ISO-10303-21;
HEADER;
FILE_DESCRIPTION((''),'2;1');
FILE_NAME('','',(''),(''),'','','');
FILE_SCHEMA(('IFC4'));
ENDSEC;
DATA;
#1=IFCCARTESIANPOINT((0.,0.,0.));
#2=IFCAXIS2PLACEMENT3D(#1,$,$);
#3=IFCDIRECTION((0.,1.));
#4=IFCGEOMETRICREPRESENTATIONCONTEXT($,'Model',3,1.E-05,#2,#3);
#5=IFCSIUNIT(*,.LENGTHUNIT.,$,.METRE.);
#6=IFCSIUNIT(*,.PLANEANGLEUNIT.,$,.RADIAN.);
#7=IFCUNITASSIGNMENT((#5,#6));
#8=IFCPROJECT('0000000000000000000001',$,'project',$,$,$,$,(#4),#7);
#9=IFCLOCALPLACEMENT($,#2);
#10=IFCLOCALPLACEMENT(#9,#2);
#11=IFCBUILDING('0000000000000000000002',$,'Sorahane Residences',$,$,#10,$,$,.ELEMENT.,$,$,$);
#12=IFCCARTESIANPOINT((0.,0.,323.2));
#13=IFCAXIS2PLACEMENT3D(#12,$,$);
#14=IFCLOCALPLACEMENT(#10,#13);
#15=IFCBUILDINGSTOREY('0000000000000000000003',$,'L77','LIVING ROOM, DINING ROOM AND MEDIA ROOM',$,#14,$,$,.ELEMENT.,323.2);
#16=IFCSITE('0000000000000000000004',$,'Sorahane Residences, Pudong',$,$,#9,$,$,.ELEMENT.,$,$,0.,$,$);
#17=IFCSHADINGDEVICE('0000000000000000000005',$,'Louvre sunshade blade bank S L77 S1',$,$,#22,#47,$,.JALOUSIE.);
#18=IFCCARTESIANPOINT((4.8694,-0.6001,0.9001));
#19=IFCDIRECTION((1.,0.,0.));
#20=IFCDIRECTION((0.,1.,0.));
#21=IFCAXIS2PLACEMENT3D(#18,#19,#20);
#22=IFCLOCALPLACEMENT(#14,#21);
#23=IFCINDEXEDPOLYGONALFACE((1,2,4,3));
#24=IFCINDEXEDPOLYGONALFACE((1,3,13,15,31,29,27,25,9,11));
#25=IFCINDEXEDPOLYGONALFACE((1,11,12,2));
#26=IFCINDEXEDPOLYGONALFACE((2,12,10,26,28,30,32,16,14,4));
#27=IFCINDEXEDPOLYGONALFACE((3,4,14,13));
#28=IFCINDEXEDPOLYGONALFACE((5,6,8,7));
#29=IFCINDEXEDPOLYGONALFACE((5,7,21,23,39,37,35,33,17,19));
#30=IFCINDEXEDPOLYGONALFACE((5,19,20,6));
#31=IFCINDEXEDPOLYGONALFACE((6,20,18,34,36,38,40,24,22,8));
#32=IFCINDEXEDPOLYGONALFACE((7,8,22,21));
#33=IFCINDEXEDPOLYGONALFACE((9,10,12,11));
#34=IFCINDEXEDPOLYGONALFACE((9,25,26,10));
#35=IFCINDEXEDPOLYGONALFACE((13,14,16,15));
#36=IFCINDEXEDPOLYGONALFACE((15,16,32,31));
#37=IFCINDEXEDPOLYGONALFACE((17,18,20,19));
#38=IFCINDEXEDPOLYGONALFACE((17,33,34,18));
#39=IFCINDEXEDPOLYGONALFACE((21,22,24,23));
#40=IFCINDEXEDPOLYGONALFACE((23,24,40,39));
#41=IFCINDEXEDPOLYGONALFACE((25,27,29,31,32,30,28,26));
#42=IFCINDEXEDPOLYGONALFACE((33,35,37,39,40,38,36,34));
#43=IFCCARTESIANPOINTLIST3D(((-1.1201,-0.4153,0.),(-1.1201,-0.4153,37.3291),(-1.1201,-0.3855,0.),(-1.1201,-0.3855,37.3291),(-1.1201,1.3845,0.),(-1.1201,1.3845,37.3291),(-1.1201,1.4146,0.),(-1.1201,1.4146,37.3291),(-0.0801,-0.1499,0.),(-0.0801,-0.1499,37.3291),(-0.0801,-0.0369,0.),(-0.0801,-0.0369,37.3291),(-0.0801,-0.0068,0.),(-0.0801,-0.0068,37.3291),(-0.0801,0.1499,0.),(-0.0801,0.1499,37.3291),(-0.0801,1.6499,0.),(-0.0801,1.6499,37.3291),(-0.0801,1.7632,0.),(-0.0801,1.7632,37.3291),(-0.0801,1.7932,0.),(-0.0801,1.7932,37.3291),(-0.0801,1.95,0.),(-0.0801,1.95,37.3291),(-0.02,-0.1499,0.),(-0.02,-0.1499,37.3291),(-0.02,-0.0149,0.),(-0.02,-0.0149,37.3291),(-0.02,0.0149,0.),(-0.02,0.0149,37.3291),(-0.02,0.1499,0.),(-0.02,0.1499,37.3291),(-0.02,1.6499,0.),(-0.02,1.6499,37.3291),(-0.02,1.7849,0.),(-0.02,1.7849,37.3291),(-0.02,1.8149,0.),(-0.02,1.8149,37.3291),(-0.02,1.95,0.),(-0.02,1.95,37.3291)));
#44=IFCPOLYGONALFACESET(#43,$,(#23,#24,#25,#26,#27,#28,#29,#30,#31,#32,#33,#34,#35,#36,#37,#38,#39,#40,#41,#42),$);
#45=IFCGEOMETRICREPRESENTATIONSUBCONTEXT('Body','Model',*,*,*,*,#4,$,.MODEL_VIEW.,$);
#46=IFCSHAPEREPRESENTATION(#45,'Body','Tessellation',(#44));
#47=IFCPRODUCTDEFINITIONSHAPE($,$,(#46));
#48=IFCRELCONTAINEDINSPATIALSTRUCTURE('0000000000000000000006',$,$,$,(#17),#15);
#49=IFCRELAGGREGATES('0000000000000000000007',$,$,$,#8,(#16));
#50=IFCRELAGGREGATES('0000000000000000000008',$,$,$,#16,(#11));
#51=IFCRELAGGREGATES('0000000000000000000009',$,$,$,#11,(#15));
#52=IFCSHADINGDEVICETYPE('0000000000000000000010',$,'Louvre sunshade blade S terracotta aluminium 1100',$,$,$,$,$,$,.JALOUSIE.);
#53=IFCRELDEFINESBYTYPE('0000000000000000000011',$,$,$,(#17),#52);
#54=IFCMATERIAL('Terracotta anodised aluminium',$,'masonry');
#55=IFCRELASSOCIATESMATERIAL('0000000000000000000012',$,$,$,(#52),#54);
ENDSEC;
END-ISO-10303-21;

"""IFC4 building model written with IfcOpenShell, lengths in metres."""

from ifc_helpers import new_model, si_unit, direction, frame, origin, place, context, subcontext, project, spatial, polyline, outline, composite_profile, extrude, material, type_object, element, save


model = new_model("IFC4")

# Units and contexts
model_context = context("Model", 3, precision=1e-05, world=origin(), true_north=direction((0.0, 1.0)))
body_context = subcontext(model_context, "Body", "Model", "MODEL_VIEW")
ifc_project = project(units=[si_unit("LENGTHUNIT", "METRE"), si_unit("PLANEANGLEUNIT", "RADIAN")], contexts=[model_context])

# Site, building, storey
site_placement = place(None, origin())
site = spatial("IfcSite", under=ifc_project, at=site_placement, Name="Sorahane Residences, Pudong", CompositionType="ELEMENT", RefElevation=0.0)
building_placement = place(site_placement, origin())
building = spatial("IfcBuilding", under=site, at=building_placement, Name="Sorahane Residences", CompositionType="ELEMENT")
storey_placement = place(building_placement, frame((0.0, 0.0, 323.2)))
storey = spatial("IfcBuildingStorey", under=building, at=storey_placement, Name="L77", Description="LIVING ROOM, DINING ROOM AND MEDIA ROOM", CompositionType="ELEMENT", Elevation=323.2)

# Shading device
ifc_material_1 = material(Name="Terracotta anodised aluminium", Category="masonry")
shading_device_type = type_object("IfcShadingDeviceType", Name="Louvre sunshade blade S terracotta aluminium 1100", PredefinedType="JALOUSIE", material=ifc_material_1)
shading_device_placement = place(storey_placement, frame((4.8694, -0.6001, 0.9001), z_axis=(1.0, 0.0, 0.0), x_axis=(0.0, 1.0, 0.0)))
element("IfcShadingDevice", 1, at=shading_device_placement, inside=storey, type_object=shading_device_type, Name="Louvre sunshade blade bank S L77 S1", PredefinedType="JALOUSIE", context=body_context, shape_type="SweptSolid", body=[
    extrude(composite_profile([outline(polyline([(-1.1201, -0.3855), (-1.1201, -0.4153), (-0.0801, -0.0369), (-0.0801, -0.1499), (-0.02, -0.1499), (-0.02, -0.0149), (-0.02, 0.0149), (-0.02, 0.1499), (-0.0801, 0.1499), (-0.0801, -0.0068), (-1.1201, -0.3855)])), outline(polyline([(-1.1201, 1.4146), (-1.1201, 1.3845), (-0.0801, 1.7632), (-0.0801, 1.6499), (-0.02, 1.6499), (-0.02, 1.7849), (-0.02, 1.8149), (-0.02, 1.95), (-0.0801, 1.95), (-0.0801, 1.7932), (-1.1201, 1.4146)]))]), origin(), (0.0, 0.0, 1.0), 37.3291),
])

save(model, "model.ifc")
